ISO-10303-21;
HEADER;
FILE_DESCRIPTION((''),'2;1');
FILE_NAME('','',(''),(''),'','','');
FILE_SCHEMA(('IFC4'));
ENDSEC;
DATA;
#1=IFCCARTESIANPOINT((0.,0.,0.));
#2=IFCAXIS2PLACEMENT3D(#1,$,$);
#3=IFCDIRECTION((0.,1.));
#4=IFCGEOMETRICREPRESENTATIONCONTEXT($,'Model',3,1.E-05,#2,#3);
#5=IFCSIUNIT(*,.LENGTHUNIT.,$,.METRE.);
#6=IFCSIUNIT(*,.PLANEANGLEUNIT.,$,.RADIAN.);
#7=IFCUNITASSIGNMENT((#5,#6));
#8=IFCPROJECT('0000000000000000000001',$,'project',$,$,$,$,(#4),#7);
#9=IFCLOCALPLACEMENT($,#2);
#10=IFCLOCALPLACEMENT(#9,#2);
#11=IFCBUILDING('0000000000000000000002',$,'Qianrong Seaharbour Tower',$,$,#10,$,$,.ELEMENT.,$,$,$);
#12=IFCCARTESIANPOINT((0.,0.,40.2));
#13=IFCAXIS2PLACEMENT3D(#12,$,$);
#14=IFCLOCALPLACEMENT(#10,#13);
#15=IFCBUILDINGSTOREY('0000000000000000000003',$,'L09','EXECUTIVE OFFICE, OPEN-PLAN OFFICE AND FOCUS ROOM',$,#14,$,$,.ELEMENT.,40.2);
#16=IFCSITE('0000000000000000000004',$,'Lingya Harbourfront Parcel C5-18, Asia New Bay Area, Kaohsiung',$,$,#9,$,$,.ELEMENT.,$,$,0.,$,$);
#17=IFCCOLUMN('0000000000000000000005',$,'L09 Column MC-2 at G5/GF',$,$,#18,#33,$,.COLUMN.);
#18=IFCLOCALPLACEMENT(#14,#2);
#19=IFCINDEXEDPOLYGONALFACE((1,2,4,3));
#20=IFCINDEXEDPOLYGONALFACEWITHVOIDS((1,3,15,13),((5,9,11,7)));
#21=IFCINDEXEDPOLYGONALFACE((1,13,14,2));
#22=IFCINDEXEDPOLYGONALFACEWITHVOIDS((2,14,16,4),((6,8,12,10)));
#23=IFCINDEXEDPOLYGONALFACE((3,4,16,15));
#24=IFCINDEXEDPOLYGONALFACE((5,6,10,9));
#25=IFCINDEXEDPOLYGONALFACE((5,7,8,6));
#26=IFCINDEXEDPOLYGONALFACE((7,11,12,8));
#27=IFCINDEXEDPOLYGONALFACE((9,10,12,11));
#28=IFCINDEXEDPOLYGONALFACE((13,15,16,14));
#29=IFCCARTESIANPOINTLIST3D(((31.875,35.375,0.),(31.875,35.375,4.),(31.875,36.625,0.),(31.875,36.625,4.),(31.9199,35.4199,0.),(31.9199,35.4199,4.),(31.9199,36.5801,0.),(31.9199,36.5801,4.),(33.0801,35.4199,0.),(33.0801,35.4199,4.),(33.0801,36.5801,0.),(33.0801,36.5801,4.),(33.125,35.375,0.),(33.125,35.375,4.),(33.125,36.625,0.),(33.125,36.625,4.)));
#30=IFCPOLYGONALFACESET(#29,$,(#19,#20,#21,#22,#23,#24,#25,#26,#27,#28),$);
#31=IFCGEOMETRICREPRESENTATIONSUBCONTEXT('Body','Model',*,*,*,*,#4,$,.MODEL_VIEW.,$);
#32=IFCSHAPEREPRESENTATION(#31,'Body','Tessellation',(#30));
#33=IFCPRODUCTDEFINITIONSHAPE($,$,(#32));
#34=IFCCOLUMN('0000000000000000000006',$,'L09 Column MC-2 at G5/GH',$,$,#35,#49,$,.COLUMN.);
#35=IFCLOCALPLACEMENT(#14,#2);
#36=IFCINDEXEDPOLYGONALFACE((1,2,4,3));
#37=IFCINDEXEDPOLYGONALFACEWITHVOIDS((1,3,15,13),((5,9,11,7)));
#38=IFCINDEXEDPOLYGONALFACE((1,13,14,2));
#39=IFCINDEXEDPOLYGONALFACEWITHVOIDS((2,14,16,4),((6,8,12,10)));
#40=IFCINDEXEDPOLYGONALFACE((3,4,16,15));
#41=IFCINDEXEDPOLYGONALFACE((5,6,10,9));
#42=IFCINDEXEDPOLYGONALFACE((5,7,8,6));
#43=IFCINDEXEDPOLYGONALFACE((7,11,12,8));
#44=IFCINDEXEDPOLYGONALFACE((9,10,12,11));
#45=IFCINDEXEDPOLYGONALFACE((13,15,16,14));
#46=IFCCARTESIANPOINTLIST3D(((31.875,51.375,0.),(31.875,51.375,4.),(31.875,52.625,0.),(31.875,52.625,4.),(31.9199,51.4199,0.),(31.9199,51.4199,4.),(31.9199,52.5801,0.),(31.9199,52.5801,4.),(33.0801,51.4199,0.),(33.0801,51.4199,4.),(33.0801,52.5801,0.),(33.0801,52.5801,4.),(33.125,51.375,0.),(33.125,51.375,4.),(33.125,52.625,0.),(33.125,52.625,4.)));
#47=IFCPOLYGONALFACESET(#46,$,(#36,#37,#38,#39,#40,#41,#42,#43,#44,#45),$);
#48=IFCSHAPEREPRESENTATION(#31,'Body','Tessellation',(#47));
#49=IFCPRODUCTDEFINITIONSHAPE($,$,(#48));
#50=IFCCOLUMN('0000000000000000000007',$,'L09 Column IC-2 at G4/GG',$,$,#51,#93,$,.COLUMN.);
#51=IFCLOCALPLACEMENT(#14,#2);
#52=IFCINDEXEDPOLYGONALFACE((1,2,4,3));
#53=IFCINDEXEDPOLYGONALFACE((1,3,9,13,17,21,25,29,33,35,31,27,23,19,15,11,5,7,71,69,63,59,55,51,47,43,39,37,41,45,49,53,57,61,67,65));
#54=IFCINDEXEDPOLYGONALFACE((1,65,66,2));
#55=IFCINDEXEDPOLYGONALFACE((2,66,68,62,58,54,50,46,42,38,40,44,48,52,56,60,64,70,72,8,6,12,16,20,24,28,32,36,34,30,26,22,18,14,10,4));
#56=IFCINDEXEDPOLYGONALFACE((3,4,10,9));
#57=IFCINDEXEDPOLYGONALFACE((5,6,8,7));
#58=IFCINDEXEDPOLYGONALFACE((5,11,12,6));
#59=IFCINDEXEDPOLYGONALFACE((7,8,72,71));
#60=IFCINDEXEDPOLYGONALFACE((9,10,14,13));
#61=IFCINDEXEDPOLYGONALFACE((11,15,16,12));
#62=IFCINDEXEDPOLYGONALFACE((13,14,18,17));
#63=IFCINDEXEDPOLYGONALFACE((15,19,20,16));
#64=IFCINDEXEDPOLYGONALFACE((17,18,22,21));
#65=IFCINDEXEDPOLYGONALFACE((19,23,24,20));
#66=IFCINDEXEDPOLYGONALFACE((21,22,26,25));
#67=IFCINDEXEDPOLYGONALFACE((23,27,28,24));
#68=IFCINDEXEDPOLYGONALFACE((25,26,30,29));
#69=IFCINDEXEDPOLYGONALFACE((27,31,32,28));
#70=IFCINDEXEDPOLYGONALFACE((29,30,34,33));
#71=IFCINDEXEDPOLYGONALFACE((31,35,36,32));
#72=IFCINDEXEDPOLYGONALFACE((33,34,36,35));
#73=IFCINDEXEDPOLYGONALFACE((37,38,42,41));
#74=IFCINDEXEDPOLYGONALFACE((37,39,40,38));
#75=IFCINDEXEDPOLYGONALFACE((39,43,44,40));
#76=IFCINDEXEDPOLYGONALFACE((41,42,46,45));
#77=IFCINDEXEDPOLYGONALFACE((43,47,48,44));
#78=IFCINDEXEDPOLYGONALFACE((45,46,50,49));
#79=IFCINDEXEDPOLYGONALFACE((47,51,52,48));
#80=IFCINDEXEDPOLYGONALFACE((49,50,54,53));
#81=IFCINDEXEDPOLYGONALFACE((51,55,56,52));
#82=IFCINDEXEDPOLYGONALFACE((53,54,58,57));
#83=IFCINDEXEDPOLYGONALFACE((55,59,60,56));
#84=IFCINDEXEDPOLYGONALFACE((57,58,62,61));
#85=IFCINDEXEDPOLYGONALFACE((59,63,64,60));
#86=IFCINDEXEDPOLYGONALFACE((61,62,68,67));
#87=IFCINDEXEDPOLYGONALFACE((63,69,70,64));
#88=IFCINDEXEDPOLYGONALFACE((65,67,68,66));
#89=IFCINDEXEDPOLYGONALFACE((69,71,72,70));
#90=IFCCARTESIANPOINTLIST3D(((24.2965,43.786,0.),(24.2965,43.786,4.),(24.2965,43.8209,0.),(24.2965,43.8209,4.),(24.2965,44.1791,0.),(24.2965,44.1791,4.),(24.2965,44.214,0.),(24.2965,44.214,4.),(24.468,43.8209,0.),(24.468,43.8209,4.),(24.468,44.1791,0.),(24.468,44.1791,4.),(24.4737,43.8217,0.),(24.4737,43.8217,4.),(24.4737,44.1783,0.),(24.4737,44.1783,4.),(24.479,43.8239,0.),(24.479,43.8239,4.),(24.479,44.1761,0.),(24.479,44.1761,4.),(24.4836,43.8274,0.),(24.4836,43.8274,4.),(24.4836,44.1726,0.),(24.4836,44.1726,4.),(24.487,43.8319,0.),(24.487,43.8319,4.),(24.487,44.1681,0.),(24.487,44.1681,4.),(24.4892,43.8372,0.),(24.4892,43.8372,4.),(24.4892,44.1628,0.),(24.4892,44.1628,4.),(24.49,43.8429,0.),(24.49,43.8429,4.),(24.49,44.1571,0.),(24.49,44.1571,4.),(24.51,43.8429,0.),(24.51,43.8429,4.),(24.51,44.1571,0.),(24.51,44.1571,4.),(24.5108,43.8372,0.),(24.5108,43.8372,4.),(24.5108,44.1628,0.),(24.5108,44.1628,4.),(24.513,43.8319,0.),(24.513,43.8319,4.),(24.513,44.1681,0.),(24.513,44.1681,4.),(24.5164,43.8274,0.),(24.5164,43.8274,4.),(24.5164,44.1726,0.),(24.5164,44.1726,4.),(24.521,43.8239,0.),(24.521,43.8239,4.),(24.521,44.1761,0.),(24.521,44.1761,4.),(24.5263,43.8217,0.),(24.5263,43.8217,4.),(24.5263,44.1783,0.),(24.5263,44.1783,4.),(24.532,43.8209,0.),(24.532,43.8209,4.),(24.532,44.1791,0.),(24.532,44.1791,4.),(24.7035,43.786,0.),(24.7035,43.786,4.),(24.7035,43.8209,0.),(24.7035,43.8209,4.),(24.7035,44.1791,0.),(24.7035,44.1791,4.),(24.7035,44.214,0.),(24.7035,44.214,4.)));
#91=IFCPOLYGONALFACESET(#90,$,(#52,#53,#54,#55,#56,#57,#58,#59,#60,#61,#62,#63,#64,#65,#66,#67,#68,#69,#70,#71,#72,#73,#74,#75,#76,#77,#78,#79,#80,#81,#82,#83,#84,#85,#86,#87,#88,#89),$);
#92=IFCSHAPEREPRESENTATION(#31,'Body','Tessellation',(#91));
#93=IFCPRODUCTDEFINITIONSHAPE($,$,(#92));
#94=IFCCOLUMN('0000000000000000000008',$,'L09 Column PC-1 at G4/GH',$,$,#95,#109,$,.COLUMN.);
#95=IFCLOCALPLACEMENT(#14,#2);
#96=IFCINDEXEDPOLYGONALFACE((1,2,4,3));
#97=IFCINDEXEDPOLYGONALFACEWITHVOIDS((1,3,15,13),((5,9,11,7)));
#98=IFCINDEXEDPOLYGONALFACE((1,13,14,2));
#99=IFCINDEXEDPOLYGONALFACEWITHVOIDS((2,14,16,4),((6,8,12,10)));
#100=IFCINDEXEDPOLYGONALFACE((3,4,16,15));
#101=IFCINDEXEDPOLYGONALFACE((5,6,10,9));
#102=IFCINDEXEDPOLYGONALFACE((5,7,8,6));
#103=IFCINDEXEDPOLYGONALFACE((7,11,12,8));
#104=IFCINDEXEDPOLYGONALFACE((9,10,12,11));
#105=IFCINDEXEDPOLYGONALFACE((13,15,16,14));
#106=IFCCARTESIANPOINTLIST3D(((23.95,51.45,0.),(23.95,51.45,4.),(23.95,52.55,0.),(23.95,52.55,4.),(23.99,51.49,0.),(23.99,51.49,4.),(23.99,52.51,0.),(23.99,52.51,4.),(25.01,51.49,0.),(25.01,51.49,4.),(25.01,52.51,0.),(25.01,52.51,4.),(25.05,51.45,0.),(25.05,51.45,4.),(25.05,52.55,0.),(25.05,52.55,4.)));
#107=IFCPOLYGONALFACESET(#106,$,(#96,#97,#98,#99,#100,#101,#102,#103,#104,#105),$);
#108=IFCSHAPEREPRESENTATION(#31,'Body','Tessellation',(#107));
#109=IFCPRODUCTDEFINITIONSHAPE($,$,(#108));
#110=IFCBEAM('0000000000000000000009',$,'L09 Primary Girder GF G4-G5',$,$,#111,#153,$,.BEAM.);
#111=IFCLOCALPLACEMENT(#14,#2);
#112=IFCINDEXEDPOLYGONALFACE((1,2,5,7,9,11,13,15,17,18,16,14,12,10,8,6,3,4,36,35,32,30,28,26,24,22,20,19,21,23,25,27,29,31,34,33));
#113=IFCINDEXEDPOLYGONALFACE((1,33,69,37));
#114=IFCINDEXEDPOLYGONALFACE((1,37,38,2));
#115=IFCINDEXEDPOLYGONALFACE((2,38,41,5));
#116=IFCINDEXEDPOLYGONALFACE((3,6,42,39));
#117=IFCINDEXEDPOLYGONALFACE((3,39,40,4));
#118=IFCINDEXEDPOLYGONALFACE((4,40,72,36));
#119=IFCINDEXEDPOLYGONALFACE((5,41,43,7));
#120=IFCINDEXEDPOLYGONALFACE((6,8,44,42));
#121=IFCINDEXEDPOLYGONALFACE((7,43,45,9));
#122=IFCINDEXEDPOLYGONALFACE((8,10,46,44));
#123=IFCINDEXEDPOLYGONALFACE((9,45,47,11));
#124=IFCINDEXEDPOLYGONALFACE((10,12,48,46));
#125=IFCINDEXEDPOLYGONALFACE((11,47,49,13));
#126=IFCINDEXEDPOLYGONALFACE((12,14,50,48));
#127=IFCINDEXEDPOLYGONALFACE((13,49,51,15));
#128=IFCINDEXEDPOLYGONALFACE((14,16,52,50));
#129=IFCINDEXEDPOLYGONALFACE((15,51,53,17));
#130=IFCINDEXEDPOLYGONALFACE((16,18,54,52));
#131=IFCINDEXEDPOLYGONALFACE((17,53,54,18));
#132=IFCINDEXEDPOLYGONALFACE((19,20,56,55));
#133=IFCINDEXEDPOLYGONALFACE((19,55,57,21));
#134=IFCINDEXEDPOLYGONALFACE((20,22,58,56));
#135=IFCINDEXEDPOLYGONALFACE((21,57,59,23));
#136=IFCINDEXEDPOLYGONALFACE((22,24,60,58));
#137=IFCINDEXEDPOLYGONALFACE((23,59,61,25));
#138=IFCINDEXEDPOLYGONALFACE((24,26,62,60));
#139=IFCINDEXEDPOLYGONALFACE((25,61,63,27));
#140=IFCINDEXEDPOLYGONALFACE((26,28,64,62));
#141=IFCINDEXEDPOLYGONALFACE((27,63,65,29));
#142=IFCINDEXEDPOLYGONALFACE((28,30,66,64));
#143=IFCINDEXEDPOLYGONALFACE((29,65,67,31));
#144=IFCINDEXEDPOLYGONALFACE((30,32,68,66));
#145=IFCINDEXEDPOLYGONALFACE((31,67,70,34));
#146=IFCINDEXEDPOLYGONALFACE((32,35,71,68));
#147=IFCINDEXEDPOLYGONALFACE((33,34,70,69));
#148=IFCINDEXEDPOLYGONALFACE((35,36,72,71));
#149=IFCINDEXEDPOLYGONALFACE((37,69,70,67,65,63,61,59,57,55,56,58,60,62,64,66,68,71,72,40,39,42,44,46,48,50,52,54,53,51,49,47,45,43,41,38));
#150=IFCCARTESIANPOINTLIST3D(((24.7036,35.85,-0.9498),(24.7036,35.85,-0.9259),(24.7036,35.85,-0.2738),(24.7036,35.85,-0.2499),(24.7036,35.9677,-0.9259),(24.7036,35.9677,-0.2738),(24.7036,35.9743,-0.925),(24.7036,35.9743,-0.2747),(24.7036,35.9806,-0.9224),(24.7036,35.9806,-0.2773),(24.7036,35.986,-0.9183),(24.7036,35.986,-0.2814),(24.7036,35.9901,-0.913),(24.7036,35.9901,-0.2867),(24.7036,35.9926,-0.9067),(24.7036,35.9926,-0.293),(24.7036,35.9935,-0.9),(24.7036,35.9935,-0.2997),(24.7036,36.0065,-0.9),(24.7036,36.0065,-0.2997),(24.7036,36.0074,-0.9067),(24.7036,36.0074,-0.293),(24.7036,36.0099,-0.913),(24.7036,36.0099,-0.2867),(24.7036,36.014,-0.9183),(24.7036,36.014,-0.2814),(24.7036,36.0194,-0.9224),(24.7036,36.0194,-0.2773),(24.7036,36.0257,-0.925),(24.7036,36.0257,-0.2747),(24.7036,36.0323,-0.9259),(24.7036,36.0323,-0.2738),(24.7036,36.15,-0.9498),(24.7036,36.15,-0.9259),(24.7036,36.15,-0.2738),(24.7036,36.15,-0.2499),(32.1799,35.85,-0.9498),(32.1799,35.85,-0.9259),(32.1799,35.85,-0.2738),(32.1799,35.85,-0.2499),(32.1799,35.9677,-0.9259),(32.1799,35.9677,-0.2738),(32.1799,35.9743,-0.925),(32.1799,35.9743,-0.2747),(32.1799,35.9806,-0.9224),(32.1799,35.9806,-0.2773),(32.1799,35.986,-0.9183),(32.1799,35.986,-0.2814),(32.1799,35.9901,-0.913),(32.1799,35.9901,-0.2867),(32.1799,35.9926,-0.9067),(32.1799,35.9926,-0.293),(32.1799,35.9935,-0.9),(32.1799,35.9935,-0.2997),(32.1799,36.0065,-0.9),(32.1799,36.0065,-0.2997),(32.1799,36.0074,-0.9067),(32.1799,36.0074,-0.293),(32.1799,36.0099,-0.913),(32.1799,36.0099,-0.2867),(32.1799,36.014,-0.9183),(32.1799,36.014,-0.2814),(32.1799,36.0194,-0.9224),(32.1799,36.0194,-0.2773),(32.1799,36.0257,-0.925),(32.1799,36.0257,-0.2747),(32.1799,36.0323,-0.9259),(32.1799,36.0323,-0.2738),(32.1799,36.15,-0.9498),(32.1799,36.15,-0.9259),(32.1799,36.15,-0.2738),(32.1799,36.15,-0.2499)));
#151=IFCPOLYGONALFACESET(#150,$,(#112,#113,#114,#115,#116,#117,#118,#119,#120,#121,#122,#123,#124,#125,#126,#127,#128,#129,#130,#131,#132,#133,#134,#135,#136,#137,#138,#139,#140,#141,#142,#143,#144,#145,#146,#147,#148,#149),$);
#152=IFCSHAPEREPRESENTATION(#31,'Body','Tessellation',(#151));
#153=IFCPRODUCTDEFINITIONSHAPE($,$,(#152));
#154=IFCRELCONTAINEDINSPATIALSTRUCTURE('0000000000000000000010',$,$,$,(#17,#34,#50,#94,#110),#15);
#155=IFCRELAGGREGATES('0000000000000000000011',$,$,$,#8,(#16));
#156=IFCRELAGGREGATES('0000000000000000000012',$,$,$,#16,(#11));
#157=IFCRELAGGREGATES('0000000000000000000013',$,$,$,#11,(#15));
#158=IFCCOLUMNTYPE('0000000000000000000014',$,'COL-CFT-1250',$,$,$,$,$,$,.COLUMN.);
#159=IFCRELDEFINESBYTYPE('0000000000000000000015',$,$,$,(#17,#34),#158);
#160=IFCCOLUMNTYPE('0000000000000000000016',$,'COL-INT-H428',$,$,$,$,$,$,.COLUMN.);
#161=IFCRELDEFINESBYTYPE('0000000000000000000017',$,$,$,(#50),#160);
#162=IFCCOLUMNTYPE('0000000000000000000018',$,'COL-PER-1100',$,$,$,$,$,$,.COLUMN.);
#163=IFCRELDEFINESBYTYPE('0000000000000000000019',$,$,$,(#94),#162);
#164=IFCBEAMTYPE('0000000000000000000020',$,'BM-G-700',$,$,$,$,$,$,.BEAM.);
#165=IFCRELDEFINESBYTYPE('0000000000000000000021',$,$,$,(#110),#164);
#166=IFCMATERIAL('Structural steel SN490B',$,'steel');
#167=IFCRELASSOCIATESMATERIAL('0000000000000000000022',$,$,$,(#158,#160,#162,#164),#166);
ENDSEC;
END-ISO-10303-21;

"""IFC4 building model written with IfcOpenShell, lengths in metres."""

from ifc_helpers import new_model, si_unit, direction, frame, origin, origin_2d, place, context, subcontext, project, spatial, hollow_rectangle, i_section, extrude, material, material_profile, profile_set, type_object, element, save


model = new_model("IFC4")

# Units and contexts
model_context = context("Model", 3, precision=1e-05, world=origin(), true_north=direction((0.0, 1.0)))
body_context = subcontext(model_context, "Body", "Model", "MODEL_VIEW")
ifc_project = project(units=[si_unit("LENGTHUNIT", "METRE"), si_unit("PLANEANGLEUNIT", "RADIAN")], contexts=[model_context])

# Site, building, storey
site_placement = place(None, origin())
site = spatial("IfcSite", under=ifc_project, at=site_placement, Name="Lingya Harbourfront Parcel C5-18, Asia New Bay Area, Kaohsiung", CompositionType="ELEMENT", RefElevation=0.0)
building_placement = place(site_placement, origin())
building = spatial("IfcBuilding", under=site, at=building_placement, Name="Qianrong Seaharbour Tower", CompositionType="ELEMENT")
storey_placement = place(building_placement, frame((0.0, 0.0, 40.2)))
storey = spatial("IfcBuildingStorey", under=building, at=storey_placement, Name="L09", Description="EXECUTIVE OFFICE, OPEN-PLAN OFFICE AND FOCUS ROOM", CompositionType="ELEMENT", Elevation=40.2)

# Columns
ifc_material_1 = material(Name="Structural steel SN490B", Category="steel")
ifc_material_profile_1 = material_profile(ifc_material_1, hollow_rectangle(XDim=1.25, YDim=1.25, WallThickness=0.0449, at=origin_2d()), Name="BOX1250x1250x45")
ifc_profile_set_1 = profile_set([ifc_material_profile_1], Name="Structural steel SN490B")
column_type_1 = type_object("IfcColumnType", Name="COL-CFT-1250", PredefinedType="COLUMN", material=ifc_profile_set_1)
for number, where, z_axis, x_axis, name in (
    (1, (32.5, 36.0, 0.0), (0.0, 0.0, 1.0), (1.0, 0.0, 0.0), "L09 Column MC-2 at G5/GF"),
    (2, (32.5, 52.0, 0.0), (0.0, 0.0, 1.0), (1.0, 0.0, 0.0), "L09 Column MC-2 at G5/GH"),
):
    element("IfcColumn", number, at=place(storey_placement, frame(where, z_axis=z_axis, x_axis=x_axis)), inside=storey, type_object=column_type_1, Name=name, PredefinedType="COLUMN", context=body_context, shape_type="SweptSolid", body=[
        extrude(hollow_rectangle(XDim=1.25, YDim=1.25, WallThickness=0.0449, at=origin_2d()), origin(), (0.0, 0.0, 1.0), 4.0),
    ])
ifc_material_profile_2 = material_profile(ifc_material_1, i_section(OverallWidth=0.407, OverallDepth=0.428, WebThickness=0.02, FlangeThickness=0.0349, FilletRadius=0.022, at=origin_2d()), Name="H428x407x20x35")
ifc_profile_set_2 = profile_set([ifc_material_profile_2], Name="Structural steel SN490B")
column_type_2 = type_object("IfcColumnType", Name="COL-INT-H428", PredefinedType="COLUMN", material=ifc_profile_set_2)
column_1_placement = place(storey_placement, frame((24.5, 44.0, 0.0), z_axis=(0.0, 0.0, 1.0), x_axis=(1.0, 0.0, 0.0)))
element("IfcColumn", 3, at=column_1_placement, inside=storey, type_object=column_type_2, Name="L09 Column IC-2 at G4/GG", PredefinedType="COLUMN", context=body_context, shape_type="SweptSolid", body=[
    extrude(i_section(OverallWidth=0.407, OverallDepth=0.428, WebThickness=0.02, FlangeThickness=0.0349, FilletRadius=0.022, at=origin_2d()), origin(), (0.0, 0.0, 1.0), 4.0),
])
ifc_material_profile_3 = material_profile(ifc_material_1, hollow_rectangle(XDim=1.1001, YDim=1.1001, WallThickness=0.04, at=origin_2d()), Name="BOX1100x1100x40")
ifc_profile_set_3 = profile_set([ifc_material_profile_3], Name="Structural steel SN490B")
column_type_3 = type_object("IfcColumnType", Name="COL-PER-1100", PredefinedType="COLUMN", material=ifc_profile_set_3)
column_2_placement = place(storey_placement, frame((24.5, 52.0, 0.0), z_axis=(0.0, 0.0, 1.0), x_axis=(1.0, 0.0, 0.0)))
element("IfcColumn", 4, at=column_2_placement, inside=storey, type_object=column_type_3, Name="L09 Column PC-1 at G4/GH", PredefinedType="COLUMN", context=body_context, shape_type="SweptSolid", body=[
    extrude(hollow_rectangle(XDim=1.1001, YDim=1.1001, WallThickness=0.04, at=origin_2d()), origin(), (0.0, 0.0, 1.0), 4.0),
])

# Beam
ifc_material_profile_4 = material_profile(ifc_material_1, i_section(OverallWidth=0.3, OverallDepth=0.7, WebThickness=0.0129, FlangeThickness=0.0239, FilletRadius=0.0259, at=origin_2d()), Name="H700x300x13x24")
ifc_profile_set_4 = profile_set([ifc_material_profile_4], Name="Structural steel SN490B")
beam_type_1 = type_object("IfcBeamType", Name="BM-G-700", PredefinedType="BEAM", material=ifc_profile_set_4)
beam_1_placement = place(storey_placement, frame((24.7036, 36.0, -0.5999), z_axis=(1.0, 0.0, 0.0), x_axis=(0.0, 1.0, 0.0)))
element("IfcBeam", 5, at=beam_1_placement, inside=storey, type_object=beam_type_1, Name="L09 Primary Girder GF G4-G5", PredefinedType="BEAM", context=body_context, shape_type="SweptSolid", body=[
    extrude(i_section(OverallWidth=0.3, OverallDepth=0.7, WebThickness=0.0129, FlangeThickness=0.0239, FilletRadius=0.0259, at=origin_2d()), origin(), (0.0, 0.0, 1.0), 7.4763),
])

save(model, "model.ifc")
